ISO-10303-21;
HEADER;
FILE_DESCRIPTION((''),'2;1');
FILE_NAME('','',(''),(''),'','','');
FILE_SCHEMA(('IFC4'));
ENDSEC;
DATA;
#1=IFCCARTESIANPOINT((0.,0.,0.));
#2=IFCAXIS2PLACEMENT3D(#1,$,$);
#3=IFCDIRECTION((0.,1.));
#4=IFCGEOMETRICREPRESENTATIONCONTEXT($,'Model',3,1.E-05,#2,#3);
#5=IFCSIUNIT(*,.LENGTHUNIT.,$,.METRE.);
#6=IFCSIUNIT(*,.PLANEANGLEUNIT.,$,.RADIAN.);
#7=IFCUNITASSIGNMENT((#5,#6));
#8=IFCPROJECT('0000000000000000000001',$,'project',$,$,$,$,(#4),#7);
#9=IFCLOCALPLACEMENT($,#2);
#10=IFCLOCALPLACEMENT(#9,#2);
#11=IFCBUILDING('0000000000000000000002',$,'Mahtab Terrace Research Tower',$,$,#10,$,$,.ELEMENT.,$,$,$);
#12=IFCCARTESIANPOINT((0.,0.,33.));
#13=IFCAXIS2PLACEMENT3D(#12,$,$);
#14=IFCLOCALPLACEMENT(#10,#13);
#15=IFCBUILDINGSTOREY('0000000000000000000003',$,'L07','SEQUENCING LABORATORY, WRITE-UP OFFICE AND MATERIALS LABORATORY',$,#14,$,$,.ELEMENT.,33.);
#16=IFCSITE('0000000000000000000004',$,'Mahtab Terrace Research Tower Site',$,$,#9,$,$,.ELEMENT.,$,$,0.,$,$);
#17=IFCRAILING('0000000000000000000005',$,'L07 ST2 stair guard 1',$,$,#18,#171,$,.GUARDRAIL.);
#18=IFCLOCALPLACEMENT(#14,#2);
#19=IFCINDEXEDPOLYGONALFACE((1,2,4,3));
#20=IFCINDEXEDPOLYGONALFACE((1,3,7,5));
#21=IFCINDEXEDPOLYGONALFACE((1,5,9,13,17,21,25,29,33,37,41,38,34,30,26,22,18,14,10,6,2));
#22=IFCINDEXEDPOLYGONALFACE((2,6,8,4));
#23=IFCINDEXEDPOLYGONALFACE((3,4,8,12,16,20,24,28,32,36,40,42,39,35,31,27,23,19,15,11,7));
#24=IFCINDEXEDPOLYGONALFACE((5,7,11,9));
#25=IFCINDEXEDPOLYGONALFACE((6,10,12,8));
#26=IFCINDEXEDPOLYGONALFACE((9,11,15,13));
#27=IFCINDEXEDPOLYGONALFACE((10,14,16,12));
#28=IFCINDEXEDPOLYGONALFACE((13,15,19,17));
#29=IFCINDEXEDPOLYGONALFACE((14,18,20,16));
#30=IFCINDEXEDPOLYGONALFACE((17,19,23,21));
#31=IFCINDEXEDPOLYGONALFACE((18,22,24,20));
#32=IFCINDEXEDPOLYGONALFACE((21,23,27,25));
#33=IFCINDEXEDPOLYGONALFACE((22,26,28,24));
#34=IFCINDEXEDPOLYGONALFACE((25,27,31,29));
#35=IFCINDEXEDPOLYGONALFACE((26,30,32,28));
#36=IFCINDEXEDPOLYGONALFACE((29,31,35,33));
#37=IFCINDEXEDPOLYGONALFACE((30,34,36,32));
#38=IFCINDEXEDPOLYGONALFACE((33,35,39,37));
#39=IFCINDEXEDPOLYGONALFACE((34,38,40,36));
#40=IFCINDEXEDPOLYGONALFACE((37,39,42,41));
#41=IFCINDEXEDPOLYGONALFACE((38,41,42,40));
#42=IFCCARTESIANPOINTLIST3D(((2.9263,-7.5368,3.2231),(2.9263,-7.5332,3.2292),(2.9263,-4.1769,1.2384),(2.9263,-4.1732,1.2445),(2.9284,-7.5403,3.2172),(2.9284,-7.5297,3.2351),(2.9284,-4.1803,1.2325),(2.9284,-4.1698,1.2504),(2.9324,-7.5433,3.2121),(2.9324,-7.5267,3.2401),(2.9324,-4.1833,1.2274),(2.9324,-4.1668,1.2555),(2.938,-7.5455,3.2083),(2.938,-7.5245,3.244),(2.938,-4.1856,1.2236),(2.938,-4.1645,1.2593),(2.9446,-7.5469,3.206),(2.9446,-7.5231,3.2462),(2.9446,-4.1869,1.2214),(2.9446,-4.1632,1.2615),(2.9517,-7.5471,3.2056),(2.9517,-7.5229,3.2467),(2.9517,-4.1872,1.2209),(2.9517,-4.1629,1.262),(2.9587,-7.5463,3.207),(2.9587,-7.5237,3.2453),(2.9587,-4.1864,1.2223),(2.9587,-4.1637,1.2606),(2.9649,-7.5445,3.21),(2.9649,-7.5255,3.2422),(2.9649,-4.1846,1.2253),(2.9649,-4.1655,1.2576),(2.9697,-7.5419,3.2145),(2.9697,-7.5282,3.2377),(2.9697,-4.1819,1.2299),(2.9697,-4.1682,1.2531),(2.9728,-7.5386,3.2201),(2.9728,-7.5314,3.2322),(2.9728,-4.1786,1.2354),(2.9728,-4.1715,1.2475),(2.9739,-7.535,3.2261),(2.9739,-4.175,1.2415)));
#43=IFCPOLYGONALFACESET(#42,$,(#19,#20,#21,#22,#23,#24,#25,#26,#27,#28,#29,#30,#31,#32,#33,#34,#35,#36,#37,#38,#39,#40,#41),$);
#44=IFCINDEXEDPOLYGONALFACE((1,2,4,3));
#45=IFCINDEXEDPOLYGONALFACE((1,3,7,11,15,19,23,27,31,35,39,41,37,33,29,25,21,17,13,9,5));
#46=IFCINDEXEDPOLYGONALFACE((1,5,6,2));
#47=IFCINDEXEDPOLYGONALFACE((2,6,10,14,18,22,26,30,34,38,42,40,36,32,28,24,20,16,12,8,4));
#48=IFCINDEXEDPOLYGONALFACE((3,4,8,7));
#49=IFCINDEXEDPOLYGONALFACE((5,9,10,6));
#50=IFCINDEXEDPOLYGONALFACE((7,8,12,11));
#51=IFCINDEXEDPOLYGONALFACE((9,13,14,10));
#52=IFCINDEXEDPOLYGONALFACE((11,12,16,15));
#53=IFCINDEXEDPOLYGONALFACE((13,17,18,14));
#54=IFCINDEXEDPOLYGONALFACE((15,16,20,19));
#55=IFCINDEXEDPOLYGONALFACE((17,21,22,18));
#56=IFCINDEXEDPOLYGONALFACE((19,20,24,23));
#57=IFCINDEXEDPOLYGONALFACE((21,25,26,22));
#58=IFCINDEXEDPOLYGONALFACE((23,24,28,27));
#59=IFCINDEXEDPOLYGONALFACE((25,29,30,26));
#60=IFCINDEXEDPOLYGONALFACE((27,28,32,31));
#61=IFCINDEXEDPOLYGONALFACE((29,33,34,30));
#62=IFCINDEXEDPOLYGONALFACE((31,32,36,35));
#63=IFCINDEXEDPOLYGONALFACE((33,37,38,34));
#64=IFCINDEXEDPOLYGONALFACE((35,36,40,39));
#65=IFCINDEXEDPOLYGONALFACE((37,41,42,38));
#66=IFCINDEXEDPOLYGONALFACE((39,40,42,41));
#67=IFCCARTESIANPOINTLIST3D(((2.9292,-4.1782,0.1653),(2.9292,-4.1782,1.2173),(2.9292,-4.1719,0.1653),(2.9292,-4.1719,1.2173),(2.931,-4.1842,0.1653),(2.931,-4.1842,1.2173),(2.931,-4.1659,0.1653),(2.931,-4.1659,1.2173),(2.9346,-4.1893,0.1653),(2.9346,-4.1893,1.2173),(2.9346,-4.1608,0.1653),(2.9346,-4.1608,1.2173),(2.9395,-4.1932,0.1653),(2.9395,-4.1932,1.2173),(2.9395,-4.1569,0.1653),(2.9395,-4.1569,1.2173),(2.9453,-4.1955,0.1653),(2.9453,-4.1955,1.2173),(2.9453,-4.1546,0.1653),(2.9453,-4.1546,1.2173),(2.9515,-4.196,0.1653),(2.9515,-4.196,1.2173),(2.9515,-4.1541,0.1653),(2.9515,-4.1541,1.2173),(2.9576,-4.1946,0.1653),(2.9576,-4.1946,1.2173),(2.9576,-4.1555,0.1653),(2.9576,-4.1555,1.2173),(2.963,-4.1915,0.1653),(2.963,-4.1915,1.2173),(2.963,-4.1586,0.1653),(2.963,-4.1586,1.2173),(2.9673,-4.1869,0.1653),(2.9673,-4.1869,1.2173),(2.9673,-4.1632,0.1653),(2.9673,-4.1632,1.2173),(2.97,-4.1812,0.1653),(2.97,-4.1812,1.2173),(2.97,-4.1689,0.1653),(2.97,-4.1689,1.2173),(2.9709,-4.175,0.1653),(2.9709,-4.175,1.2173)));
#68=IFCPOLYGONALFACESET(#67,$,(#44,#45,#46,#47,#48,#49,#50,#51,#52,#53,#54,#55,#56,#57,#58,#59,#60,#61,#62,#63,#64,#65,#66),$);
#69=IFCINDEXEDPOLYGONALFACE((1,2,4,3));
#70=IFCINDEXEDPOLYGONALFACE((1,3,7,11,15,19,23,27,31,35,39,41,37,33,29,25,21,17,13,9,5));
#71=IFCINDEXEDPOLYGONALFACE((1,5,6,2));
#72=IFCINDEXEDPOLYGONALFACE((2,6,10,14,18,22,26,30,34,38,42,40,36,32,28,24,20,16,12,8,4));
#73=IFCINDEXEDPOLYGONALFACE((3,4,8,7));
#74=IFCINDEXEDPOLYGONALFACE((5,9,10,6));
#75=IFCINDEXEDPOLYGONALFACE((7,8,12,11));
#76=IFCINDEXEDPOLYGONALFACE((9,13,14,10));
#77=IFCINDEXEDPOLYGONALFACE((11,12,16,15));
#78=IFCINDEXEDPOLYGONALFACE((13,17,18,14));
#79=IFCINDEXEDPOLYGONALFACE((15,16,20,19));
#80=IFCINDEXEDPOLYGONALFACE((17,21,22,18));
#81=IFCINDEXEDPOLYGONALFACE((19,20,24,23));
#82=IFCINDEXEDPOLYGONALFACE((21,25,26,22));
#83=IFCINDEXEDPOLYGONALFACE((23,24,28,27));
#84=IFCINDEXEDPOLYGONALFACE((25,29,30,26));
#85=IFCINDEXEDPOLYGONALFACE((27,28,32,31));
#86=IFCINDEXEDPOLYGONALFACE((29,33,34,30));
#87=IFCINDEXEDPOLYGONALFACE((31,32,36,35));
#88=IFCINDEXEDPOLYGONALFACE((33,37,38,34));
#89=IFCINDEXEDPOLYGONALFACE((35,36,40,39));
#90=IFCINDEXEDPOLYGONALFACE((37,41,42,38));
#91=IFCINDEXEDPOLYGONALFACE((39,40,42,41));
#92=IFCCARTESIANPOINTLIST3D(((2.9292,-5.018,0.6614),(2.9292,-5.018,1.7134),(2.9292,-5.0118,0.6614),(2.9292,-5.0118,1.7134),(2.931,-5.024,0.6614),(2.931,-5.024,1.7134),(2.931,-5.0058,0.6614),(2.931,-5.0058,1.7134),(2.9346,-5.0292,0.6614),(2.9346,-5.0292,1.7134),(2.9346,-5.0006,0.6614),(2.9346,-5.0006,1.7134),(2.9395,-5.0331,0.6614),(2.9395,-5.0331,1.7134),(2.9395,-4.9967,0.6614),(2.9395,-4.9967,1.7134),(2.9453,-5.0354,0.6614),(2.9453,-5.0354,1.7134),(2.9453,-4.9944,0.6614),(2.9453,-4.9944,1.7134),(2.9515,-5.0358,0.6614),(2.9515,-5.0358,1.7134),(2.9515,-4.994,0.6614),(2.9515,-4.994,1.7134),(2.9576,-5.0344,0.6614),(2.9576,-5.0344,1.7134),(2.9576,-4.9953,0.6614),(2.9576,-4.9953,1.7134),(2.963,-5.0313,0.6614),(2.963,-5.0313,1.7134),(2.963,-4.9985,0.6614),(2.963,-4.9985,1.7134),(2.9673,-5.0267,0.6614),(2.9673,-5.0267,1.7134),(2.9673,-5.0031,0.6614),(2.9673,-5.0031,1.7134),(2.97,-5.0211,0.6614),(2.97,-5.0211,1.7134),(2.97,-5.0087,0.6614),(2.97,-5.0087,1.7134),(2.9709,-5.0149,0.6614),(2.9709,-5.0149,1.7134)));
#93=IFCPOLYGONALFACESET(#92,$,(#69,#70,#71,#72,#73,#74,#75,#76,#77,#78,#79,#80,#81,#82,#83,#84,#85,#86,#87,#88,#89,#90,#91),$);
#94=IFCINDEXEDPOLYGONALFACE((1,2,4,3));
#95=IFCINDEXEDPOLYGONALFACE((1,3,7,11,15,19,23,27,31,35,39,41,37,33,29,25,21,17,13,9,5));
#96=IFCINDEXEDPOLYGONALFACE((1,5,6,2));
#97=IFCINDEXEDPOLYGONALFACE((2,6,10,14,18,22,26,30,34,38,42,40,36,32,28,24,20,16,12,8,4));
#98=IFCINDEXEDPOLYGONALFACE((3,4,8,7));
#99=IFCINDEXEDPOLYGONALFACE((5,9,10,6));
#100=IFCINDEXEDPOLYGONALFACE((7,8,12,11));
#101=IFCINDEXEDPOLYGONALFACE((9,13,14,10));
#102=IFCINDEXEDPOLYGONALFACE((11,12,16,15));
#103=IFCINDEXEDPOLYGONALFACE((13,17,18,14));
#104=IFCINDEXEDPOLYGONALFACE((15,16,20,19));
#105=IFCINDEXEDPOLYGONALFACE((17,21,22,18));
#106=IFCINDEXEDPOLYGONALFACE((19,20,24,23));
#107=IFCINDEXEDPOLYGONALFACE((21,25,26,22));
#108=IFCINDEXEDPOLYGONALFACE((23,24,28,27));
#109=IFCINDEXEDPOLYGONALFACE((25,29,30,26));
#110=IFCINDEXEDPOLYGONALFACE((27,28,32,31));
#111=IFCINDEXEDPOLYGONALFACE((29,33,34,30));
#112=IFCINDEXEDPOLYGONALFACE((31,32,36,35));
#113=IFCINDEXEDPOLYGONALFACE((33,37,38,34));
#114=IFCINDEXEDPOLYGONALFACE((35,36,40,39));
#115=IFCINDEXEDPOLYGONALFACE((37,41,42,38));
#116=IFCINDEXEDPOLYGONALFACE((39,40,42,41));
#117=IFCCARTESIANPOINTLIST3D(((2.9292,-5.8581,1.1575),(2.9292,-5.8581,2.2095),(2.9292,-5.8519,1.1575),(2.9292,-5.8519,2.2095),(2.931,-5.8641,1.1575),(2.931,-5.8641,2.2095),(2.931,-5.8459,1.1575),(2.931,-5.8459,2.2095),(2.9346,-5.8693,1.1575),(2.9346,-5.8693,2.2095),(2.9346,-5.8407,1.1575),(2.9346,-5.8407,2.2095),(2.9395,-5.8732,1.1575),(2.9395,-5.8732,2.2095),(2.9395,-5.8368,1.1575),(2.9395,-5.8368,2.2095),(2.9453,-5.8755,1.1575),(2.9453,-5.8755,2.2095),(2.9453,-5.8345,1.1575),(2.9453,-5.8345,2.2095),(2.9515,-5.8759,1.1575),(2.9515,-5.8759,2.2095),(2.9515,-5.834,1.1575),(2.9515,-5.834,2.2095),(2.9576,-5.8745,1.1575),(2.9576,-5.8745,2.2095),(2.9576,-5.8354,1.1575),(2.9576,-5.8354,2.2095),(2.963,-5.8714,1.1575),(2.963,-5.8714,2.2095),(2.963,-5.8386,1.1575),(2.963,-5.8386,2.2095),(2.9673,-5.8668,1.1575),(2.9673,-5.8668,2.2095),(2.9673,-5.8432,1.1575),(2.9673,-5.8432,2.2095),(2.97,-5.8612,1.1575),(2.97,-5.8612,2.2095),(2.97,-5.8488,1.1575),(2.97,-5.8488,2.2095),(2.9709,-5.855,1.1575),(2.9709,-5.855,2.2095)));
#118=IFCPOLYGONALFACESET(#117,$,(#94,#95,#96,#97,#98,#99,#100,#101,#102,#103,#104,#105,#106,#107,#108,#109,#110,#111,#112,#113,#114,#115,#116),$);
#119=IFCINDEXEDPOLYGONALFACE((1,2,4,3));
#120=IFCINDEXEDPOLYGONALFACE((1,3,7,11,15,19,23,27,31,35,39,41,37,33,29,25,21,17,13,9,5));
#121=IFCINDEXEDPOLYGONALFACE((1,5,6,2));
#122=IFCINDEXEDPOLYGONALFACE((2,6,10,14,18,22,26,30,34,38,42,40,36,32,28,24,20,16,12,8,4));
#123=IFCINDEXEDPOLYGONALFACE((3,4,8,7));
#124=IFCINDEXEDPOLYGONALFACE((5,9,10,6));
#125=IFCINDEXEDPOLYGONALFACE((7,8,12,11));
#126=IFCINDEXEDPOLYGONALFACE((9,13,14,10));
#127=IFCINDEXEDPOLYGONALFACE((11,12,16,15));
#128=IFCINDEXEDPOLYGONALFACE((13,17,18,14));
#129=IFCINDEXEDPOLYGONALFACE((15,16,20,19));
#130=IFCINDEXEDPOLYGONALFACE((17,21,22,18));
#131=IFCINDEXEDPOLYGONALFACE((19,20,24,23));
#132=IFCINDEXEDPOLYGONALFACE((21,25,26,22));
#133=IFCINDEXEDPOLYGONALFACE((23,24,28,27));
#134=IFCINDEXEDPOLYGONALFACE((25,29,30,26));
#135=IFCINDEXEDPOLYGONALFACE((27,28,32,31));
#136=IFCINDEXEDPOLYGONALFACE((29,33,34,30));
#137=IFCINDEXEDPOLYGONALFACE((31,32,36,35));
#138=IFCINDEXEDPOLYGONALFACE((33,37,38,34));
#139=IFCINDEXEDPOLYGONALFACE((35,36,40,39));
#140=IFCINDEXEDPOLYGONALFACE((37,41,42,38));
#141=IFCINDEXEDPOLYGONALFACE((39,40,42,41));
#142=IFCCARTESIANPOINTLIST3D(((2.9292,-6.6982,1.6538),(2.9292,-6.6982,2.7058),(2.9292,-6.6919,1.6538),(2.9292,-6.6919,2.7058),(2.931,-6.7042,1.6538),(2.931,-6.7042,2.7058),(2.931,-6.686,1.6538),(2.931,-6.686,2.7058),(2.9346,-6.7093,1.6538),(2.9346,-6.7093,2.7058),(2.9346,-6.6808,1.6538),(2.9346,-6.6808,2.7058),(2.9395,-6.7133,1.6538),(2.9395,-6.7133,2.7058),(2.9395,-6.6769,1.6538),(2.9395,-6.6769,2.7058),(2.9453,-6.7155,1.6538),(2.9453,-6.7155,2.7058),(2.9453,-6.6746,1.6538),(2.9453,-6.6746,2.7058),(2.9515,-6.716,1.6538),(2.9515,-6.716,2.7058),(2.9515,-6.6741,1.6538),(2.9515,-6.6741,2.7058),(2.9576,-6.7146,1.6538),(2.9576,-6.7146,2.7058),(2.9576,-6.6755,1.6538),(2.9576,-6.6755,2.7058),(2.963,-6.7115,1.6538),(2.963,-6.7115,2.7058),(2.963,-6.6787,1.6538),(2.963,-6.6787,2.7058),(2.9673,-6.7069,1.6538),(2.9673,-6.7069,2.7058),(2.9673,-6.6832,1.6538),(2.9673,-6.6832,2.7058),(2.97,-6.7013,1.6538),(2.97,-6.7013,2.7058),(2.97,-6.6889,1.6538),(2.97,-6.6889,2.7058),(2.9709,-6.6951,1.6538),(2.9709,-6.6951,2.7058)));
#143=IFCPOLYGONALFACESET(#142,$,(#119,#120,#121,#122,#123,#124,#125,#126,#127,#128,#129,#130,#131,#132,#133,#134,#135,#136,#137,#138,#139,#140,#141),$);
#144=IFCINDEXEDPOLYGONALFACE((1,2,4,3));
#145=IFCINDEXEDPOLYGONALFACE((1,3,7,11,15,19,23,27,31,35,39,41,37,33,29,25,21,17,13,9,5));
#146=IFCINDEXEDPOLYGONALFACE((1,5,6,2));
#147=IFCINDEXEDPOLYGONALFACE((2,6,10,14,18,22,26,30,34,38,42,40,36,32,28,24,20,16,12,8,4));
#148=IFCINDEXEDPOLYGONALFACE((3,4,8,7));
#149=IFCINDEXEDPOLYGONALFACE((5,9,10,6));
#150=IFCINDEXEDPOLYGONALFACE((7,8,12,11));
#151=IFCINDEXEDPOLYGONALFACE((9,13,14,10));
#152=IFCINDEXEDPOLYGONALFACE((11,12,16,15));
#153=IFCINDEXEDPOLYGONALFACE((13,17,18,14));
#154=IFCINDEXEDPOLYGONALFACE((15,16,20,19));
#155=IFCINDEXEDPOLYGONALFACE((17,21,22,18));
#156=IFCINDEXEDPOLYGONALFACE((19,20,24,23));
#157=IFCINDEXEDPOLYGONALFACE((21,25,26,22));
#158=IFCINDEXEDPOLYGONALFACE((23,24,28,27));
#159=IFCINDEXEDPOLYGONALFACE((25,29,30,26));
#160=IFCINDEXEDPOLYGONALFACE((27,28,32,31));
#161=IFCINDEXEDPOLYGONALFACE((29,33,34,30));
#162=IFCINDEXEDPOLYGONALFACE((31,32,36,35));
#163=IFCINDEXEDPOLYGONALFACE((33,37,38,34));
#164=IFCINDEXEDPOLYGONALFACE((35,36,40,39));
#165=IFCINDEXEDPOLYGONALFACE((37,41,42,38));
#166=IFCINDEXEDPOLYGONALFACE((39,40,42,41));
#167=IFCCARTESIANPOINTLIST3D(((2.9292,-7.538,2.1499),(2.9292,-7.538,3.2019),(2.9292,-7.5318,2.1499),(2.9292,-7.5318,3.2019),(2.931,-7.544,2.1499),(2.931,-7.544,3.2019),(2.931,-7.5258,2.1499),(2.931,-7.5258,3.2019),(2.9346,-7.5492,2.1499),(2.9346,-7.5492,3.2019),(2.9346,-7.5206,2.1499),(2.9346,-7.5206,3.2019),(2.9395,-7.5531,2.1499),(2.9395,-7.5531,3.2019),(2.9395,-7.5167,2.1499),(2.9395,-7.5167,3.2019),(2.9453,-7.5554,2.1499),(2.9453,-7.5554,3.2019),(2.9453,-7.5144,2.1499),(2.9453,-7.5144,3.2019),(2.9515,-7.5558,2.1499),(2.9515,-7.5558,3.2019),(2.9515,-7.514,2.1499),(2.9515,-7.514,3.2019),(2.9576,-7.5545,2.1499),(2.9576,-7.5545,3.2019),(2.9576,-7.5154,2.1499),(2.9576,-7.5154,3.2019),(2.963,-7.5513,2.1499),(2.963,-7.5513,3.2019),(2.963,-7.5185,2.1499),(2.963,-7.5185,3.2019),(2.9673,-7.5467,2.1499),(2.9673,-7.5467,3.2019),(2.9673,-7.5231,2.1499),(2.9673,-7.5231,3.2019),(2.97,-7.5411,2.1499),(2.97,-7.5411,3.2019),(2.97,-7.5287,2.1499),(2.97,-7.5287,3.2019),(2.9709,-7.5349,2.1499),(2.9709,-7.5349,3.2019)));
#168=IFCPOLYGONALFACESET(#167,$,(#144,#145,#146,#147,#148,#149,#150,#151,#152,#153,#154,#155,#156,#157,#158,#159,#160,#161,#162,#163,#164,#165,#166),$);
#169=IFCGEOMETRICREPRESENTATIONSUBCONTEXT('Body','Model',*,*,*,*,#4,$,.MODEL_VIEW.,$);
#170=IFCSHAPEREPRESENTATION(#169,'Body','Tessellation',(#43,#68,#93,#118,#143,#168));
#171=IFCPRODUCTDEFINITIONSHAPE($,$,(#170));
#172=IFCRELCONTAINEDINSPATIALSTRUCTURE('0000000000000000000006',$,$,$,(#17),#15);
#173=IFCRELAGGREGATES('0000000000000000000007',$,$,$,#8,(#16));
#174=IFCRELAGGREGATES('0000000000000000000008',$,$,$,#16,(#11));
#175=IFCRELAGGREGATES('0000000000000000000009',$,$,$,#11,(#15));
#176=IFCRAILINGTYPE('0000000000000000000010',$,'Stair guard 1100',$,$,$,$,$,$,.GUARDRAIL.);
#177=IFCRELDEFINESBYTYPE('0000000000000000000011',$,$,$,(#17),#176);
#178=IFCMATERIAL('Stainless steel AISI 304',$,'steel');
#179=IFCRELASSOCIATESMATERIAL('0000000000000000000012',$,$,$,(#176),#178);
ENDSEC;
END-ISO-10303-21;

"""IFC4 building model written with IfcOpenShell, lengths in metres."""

from ifc_helpers import new_model, si_unit, direction, frame, origin, origin_2d, place, context, subcontext, project, spatial, circle, extrude, material, type_object, element, save


model = new_model("IFC4")

# Units and contexts
model_context = context("Model", 3, precision=1e-05, world=origin(), true_north=direction((0.0, 1.0)))
body_context = subcontext(model_context, "Body", "Model", "MODEL_VIEW")
ifc_project = project(units=[si_unit("LENGTHUNIT", "METRE"), si_unit("PLANEANGLEUNIT", "RADIAN")], contexts=[model_context])

# Site, building, storey
site_placement = place(None, origin())
site = spatial("IfcSite", under=ifc_project, at=site_placement, Name="Mahtab Terrace Research Tower Site", CompositionType="ELEMENT", RefElevation=0.0)
building_placement = place(site_placement, origin())
building = spatial("IfcBuilding", under=site, at=building_placement, Name="Mahtab Terrace Research Tower", CompositionType="ELEMENT")
storey_placement = place(building_placement, frame((0.0, 0.0, 33.0)))
storey = spatial("IfcBuildingStorey", under=building, at=storey_placement, Name="L07", Description="SEQUENCING LABORATORY, WRITE-UP OFFICE AND MATERIALS LABORATORY", CompositionType="ELEMENT", Elevation=33.0)

# Railing
ifc_material_1 = material(Name="Stainless steel AISI 304", Category="steel")
railing_type_1 = type_object("IfcRailingType", Name="Stair guard 1100", PredefinedType="GUARDRAIL", material=ifc_material_1)
railing_1_placement = place(storey_placement, frame((2.95, -4.175, 0.1653)))
element("IfcRailing", 1, at=railing_1_placement, inside=storey, type_object=railing_type_1, Name="L07 ST2 stair guard 1", PredefinedType="GUARDRAIL", context=body_context, shape_type="SweptSolid", body=[
    extrude(circle(Radius=0.0239, at=origin_2d()), frame((0.0, 0.0, 1.0762), z_axis=(0.0, -0.861011, 0.508586), x_axis=(1.0, 0.0, 0.0)), (0.0, 0.0, 1.0), 3.9023),
    extrude(circle(Radius=0.021, at=origin_2d()), origin(), (0.0, 0.0, 1.0), 1.052),
    extrude(circle(Radius=0.021, at=origin_2d()), frame((0.0, -0.8398, 0.4961)), (0.0, 0.0, 1.0), 1.052),
    extrude(circle(Radius=0.021, at=origin_2d()), frame((0.0, -1.6799, 0.9922)), (0.0, 0.0, 1.0), 1.052),
    extrude(circle(Radius=0.021, at=origin_2d()), frame((0.0, -2.52, 1.4885)), (0.0, 0.0, 1.0), 1.052),
    extrude(circle(Radius=0.021, at=origin_2d()), frame((0.0, -3.3599, 1.9846)), (0.0, 0.0, 1.0), 1.052),
])

save(model, "model.ifc")
